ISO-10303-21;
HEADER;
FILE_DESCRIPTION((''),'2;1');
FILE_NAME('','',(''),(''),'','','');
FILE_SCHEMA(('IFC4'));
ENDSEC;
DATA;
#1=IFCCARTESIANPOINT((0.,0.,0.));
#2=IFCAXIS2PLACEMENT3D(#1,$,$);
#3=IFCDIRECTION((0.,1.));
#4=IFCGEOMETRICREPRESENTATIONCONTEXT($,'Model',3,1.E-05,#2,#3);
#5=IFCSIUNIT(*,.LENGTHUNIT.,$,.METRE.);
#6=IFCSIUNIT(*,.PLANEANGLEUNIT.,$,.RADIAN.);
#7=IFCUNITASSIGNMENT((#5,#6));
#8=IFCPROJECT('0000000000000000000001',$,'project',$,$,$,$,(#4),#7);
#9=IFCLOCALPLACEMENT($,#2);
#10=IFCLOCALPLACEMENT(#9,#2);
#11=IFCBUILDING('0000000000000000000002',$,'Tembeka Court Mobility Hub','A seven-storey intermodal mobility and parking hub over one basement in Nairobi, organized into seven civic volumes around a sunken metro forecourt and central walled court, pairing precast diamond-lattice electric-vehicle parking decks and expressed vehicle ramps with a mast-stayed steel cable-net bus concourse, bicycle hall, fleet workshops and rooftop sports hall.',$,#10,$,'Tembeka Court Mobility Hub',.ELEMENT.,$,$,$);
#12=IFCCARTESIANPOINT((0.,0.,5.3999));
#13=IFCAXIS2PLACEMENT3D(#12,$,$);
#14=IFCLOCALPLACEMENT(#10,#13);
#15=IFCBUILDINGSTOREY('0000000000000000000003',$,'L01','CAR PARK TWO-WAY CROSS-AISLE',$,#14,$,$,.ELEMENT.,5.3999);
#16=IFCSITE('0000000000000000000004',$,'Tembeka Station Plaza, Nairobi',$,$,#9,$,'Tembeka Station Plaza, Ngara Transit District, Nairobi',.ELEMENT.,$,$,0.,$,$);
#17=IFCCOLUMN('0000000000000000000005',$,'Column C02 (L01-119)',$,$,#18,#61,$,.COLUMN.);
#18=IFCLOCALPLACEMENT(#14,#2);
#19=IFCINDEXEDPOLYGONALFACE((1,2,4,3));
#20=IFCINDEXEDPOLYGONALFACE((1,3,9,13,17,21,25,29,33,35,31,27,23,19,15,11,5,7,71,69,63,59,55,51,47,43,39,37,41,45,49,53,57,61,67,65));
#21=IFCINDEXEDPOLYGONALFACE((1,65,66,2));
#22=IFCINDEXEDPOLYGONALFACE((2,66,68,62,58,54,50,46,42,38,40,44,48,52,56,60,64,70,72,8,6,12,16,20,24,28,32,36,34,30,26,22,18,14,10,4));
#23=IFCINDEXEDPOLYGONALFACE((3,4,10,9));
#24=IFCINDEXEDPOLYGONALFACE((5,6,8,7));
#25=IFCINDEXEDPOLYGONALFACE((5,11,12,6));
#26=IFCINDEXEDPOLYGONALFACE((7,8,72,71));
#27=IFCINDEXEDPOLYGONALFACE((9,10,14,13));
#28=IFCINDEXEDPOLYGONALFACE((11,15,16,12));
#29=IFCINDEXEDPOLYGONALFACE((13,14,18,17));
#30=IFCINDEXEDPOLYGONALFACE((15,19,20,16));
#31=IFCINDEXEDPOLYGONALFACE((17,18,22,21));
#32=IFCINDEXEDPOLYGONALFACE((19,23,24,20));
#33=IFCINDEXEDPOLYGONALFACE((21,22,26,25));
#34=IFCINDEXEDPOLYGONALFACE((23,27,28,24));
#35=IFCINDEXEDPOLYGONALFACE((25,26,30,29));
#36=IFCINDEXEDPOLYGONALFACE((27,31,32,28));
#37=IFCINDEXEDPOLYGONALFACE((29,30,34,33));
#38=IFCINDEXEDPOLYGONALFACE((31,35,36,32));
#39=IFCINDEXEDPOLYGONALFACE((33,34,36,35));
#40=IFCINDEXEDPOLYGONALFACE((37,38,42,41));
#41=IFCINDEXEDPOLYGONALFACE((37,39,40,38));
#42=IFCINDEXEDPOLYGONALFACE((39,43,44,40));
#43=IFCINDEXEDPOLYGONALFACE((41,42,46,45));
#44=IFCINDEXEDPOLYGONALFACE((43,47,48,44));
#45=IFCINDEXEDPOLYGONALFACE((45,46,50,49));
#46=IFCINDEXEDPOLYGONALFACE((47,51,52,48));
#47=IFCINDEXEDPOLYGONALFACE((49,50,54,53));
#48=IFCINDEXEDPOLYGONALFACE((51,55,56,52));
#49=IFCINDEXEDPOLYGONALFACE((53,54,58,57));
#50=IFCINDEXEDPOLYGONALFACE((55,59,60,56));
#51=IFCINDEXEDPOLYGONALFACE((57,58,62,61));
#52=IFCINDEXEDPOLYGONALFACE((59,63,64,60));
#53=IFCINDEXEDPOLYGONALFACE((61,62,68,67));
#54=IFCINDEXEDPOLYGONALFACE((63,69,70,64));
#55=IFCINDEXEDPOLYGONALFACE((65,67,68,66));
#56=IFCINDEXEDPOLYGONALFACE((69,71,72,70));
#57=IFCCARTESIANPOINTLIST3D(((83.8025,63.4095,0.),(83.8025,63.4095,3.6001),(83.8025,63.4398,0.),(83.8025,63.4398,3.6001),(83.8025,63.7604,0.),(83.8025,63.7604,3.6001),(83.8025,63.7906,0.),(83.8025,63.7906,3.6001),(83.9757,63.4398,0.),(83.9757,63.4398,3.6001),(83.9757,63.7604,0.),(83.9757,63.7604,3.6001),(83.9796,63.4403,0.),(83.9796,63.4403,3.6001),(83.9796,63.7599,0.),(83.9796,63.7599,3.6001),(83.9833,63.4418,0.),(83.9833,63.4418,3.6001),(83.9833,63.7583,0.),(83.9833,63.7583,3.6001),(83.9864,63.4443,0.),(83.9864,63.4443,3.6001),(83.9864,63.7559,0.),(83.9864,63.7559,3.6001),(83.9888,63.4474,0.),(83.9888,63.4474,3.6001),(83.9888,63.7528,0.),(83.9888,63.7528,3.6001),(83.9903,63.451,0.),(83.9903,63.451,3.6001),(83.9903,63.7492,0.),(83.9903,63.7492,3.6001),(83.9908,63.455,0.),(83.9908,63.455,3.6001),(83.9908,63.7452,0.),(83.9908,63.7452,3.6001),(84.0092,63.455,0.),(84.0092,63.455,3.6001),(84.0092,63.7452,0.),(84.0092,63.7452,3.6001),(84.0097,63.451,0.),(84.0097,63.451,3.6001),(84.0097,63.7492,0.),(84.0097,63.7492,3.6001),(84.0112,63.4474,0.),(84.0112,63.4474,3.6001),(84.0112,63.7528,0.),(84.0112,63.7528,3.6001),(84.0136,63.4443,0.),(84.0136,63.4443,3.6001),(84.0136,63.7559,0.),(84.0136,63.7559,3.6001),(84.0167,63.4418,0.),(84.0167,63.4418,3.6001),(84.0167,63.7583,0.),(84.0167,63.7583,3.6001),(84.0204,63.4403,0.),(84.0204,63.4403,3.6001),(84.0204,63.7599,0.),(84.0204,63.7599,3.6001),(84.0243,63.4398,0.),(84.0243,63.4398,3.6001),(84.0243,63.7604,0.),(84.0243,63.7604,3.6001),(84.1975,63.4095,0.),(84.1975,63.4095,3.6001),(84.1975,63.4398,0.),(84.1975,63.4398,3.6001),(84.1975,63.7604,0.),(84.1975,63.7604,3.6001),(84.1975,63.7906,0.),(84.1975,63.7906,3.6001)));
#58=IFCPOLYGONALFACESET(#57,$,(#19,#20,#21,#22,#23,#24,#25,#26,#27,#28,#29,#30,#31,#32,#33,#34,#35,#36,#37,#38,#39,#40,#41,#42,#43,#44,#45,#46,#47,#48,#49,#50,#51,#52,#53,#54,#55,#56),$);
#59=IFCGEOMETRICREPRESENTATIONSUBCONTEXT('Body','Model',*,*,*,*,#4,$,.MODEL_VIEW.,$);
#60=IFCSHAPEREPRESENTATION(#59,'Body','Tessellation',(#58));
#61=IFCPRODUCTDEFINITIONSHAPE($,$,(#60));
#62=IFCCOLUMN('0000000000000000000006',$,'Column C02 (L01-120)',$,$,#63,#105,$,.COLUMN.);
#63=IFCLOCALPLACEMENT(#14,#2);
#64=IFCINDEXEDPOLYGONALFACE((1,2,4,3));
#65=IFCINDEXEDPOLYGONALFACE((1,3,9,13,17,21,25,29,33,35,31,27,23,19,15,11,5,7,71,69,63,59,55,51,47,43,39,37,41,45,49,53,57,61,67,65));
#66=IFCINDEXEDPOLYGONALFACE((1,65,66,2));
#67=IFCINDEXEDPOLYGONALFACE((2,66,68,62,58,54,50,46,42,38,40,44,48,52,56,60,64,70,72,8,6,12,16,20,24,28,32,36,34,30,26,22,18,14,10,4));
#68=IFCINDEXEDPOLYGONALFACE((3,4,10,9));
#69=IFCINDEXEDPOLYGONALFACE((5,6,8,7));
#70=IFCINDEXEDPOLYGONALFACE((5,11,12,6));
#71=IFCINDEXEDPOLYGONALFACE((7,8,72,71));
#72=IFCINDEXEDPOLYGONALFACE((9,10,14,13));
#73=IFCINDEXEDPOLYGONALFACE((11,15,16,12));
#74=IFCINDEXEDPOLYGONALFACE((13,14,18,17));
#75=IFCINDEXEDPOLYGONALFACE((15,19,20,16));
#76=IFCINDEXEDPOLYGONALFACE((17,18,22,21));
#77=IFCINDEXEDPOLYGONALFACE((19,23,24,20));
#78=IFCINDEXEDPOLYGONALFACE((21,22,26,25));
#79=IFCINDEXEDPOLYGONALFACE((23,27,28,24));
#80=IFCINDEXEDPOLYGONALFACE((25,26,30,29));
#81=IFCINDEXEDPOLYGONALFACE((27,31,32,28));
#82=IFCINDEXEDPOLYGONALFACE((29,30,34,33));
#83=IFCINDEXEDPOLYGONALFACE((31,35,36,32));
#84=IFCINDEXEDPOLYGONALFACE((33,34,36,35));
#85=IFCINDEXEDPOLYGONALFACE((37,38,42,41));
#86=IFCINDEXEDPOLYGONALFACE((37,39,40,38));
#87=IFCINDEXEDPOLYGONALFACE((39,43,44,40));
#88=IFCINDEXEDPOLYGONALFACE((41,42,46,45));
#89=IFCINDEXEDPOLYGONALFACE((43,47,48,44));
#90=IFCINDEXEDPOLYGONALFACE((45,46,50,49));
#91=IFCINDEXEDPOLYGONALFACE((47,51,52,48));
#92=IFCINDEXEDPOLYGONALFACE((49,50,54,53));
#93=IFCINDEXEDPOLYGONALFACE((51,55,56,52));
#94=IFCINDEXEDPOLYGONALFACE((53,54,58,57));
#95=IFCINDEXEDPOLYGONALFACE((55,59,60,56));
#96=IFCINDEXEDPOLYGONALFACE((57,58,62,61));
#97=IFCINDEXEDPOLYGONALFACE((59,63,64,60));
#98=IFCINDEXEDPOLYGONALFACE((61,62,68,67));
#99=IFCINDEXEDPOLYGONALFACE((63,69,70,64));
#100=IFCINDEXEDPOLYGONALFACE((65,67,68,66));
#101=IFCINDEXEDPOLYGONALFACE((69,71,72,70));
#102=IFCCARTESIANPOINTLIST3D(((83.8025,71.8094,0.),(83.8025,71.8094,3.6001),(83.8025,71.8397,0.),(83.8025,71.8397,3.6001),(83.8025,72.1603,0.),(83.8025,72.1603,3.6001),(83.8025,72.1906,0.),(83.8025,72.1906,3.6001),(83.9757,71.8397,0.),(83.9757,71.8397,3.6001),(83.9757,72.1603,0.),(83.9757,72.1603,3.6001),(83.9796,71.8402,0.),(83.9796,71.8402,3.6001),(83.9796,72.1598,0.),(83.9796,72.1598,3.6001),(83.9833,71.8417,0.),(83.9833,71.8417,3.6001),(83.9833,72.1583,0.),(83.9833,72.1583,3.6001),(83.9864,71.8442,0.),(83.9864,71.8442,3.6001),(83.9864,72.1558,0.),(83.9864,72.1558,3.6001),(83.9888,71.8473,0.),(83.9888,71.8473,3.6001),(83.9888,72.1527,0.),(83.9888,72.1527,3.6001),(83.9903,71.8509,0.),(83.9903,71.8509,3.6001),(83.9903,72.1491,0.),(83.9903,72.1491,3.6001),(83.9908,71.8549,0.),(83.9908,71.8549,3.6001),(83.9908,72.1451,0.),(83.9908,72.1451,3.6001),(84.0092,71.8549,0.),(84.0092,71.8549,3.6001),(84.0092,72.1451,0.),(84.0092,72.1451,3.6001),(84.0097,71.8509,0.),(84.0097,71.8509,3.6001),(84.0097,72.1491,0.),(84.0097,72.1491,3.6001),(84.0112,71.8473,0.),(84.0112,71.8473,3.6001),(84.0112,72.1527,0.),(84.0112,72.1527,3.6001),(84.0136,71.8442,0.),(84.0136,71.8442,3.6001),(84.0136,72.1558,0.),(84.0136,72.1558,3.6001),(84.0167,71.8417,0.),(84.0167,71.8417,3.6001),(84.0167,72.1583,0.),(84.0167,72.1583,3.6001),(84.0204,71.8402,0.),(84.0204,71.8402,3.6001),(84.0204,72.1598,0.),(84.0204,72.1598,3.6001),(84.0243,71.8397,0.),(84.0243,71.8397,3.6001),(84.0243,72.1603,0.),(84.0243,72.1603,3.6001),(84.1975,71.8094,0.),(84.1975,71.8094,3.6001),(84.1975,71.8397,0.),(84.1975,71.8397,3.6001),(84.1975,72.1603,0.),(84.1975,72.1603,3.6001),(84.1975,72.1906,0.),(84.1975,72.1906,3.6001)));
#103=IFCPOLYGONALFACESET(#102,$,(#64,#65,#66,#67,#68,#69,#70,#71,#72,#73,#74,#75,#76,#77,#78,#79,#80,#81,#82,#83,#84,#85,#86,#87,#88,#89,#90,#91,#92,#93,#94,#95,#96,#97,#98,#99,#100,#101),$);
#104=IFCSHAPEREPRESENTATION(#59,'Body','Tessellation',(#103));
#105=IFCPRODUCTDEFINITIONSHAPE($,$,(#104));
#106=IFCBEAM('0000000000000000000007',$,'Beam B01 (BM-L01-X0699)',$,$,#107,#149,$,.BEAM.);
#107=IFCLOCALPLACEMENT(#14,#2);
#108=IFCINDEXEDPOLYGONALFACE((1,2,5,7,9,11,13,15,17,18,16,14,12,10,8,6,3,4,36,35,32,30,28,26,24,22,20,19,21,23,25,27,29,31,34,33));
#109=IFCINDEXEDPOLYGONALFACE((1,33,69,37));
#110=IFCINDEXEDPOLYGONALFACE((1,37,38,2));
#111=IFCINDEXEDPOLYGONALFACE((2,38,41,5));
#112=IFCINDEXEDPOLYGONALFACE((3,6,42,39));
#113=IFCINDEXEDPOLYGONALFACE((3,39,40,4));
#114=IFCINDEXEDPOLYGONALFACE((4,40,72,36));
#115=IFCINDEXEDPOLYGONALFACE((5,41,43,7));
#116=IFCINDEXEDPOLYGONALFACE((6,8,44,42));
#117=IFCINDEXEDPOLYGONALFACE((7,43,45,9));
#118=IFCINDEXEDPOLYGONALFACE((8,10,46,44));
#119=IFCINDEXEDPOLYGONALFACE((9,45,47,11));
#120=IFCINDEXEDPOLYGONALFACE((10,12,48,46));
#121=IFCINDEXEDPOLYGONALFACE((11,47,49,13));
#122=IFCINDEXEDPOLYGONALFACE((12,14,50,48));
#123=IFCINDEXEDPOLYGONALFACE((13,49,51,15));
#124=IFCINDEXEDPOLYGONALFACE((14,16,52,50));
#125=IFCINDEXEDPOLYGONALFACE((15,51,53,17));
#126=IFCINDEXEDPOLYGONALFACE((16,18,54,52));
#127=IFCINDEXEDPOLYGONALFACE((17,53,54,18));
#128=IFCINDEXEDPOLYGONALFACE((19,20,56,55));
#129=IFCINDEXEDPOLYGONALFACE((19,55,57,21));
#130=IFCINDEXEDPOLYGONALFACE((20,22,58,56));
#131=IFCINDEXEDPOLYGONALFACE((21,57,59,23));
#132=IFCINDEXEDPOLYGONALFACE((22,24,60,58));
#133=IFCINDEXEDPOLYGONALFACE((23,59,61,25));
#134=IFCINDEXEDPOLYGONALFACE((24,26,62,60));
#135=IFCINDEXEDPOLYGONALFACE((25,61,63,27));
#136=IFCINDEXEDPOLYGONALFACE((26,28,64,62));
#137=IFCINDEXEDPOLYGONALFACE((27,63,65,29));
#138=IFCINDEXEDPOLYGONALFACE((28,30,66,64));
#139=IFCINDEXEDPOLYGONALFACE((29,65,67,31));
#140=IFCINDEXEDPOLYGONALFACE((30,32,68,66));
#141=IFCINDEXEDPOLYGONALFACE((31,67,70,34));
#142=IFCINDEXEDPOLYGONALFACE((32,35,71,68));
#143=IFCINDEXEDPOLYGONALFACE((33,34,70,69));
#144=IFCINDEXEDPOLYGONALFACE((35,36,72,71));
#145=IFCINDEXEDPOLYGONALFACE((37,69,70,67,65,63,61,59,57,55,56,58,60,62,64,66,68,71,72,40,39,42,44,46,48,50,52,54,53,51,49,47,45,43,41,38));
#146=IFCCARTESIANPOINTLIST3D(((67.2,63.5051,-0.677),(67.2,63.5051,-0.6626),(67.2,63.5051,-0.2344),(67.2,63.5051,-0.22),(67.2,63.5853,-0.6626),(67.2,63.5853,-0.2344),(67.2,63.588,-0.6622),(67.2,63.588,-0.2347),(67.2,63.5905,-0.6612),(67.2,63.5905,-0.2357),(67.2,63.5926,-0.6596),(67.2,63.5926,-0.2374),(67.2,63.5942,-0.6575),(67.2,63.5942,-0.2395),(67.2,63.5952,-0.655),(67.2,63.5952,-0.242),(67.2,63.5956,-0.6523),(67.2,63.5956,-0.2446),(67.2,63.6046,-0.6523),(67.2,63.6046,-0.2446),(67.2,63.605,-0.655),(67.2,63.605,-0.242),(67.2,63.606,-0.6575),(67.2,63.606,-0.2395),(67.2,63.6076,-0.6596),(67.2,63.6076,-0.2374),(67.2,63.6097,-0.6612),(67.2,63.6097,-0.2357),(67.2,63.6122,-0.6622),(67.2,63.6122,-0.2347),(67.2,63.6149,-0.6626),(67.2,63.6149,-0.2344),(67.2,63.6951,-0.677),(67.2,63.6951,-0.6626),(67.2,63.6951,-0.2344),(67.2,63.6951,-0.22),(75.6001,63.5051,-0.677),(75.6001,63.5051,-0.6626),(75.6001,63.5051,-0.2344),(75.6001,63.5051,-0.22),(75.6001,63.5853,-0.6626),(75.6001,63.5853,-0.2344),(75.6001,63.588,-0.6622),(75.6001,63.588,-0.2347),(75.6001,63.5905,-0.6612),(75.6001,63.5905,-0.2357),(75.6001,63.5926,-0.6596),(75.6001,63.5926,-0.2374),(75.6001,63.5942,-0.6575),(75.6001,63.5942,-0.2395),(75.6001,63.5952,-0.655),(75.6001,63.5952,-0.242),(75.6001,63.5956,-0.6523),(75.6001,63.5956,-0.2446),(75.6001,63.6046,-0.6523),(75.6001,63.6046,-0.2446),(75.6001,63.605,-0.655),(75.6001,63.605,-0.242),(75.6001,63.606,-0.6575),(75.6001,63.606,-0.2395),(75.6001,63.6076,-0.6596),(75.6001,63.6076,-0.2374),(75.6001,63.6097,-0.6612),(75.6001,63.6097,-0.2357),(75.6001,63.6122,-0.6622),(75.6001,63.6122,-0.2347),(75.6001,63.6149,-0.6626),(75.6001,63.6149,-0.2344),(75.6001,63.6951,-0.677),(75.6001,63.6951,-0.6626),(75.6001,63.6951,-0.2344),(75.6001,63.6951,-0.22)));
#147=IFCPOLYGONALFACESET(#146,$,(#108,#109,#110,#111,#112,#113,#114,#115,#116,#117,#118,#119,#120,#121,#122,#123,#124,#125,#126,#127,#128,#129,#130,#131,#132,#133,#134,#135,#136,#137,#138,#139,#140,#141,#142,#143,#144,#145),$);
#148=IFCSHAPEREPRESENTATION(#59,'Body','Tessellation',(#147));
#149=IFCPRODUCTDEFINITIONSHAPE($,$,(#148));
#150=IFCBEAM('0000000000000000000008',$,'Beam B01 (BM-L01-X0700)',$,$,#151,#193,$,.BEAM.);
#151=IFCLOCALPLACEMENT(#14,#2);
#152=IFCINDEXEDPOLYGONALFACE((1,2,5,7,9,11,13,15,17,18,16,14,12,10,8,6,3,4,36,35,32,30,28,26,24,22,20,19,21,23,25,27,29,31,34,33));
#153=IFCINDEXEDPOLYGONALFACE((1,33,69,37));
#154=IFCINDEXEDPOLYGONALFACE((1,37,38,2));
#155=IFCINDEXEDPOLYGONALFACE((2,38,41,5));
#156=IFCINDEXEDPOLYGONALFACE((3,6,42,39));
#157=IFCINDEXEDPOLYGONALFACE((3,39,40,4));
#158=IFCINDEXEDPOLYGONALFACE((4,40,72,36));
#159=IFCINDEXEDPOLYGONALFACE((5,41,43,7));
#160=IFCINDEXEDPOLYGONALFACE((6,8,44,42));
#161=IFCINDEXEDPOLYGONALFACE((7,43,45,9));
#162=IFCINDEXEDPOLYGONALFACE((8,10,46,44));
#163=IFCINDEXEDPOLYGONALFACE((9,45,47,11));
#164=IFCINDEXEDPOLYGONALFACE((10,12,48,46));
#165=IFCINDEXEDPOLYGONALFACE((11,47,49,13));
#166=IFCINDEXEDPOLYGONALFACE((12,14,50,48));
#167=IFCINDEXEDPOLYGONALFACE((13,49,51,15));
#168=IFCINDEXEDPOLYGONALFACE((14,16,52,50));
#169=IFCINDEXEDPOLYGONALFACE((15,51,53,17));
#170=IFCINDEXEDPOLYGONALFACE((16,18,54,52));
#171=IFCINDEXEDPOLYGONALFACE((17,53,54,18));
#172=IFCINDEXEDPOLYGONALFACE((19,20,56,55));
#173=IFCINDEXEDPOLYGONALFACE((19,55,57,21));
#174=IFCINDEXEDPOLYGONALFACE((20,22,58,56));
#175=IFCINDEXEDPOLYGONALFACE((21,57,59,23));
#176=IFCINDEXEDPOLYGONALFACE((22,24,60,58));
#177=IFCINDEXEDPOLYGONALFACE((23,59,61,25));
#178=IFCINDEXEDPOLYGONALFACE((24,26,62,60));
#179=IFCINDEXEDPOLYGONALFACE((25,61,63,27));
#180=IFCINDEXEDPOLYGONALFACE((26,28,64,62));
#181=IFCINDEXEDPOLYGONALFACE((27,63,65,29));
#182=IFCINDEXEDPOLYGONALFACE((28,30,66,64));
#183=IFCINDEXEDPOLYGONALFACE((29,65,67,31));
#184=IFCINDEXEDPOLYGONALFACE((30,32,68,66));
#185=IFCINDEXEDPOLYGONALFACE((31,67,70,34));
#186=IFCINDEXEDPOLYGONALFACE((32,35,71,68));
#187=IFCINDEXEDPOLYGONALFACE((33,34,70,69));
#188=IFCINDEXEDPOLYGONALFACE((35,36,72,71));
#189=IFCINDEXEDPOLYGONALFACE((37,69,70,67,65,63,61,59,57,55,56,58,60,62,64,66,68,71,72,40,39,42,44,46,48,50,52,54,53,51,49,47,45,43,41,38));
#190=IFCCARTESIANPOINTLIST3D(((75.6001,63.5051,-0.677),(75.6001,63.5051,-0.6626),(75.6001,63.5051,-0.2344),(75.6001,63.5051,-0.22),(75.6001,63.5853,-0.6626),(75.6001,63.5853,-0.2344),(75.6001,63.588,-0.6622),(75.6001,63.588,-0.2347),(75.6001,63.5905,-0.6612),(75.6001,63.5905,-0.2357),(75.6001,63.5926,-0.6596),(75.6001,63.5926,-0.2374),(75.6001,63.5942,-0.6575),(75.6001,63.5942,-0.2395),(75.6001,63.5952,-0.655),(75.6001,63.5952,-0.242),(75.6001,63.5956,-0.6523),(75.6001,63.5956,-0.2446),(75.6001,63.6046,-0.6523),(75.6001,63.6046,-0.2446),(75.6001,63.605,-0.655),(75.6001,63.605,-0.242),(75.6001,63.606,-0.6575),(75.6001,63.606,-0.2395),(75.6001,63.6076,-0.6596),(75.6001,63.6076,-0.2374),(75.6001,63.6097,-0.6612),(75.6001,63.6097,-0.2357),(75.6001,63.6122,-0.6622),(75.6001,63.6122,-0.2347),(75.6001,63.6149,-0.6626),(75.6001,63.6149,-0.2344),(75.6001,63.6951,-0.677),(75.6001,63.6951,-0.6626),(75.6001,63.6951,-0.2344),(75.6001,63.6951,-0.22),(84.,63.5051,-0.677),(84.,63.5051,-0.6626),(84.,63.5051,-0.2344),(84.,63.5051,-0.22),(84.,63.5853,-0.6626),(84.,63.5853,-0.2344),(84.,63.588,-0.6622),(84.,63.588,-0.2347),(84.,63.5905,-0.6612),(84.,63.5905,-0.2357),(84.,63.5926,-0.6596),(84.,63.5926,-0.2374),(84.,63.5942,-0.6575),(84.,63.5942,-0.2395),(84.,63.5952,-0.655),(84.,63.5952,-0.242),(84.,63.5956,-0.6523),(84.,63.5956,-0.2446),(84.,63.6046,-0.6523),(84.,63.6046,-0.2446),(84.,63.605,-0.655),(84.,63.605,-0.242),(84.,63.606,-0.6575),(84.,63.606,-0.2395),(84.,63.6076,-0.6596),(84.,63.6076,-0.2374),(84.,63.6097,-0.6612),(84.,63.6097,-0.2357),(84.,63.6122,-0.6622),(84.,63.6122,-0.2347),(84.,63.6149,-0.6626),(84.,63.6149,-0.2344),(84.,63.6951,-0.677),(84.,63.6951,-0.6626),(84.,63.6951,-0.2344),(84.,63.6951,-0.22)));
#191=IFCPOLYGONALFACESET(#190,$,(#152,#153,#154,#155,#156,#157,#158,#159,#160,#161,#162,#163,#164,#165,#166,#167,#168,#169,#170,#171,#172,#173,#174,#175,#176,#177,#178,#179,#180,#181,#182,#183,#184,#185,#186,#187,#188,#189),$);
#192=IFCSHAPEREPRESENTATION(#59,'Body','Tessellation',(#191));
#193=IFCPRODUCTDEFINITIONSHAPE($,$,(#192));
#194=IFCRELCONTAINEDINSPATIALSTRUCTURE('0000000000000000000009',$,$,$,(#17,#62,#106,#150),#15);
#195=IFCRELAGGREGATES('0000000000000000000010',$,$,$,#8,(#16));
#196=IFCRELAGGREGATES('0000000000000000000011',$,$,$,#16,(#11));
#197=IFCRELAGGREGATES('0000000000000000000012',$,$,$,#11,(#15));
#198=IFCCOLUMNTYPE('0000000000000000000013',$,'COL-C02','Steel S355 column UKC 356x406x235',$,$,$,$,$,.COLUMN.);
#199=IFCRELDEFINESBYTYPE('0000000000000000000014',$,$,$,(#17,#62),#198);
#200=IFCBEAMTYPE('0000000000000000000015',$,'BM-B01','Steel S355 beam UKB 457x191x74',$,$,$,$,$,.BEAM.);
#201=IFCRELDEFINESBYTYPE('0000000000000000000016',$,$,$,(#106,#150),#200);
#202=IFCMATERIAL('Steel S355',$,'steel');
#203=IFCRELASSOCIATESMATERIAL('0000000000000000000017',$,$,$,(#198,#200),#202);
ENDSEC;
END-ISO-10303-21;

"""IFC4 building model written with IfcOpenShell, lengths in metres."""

from ifc_helpers import new_model, si_unit, direction, frame, origin, origin_2d, place, context, subcontext, project, spatial, i_section, extrude, material, material_profile, profile_set, type_object, element, save


model = new_model("IFC4")

# Units and contexts
model_context = context("Model", 3, precision=1e-05, world=origin(), true_north=direction((0.0, 1.0)))
body_context = subcontext(model_context, "Body", "Model", "MODEL_VIEW")
ifc_project = project(units=[si_unit("LENGTHUNIT", "METRE"), si_unit("PLANEANGLEUNIT", "RADIAN")], contexts=[model_context])

# Site, building, storey
site_placement = place(None, origin())
site = spatial("IfcSite", under=ifc_project, at=site_placement, Name="Tembeka Station Plaza, Nairobi", LongName="Tembeka Station Plaza, Ngara Transit District, Nairobi", CompositionType="ELEMENT", RefElevation=0.0)
building_placement = place(site_placement, origin())
building = spatial("IfcBuilding", under=site, at=building_placement, Name="Tembeka Court Mobility Hub", Description="A seven-storey intermodal mobility and parking hub over one basement in Nairobi, organized into seven civic volumes around a sunken metro forecourt and central walled court, pairing precast diamond-lattice electric-vehicle parking decks and expressed vehicle ramps with a mast-stayed steel cable-net bus concourse, bicycle hall, fleet workshops and rooftop sports hall.", LongName="Tembeka Court Mobility Hub", CompositionType="ELEMENT")
storey_placement = place(building_placement, frame((0.0, 0.0, 5.3999)))
storey = spatial("IfcBuildingStorey", under=building, at=storey_placement, Name="L01", Description="CAR PARK TWO-WAY CROSS-AISLE", CompositionType="ELEMENT", Elevation=5.3999)

# Columns
ifc_material = material(Name="Steel S355", Category="steel")
ifc_material_profile_1 = material_profile(ifc_material, i_section(OverallWidth=0.395, OverallDepth=0.3811, WebThickness=0.0183, FlangeThickness=0.0303, FilletRadius=0.0151, at=origin_2d()), Name="UKC 356x406x235")
ifc_profile_set_1 = profile_set([ifc_material_profile_1], Name="Steel S355")
column_type = type_object("IfcColumnType", Name="COL-C02", Description="Steel S355 column UKC 356x406x235", PredefinedType="COLUMN", material=ifc_profile_set_1)
for number, where, z_axis, x_axis, name in (
    (1, (84.0, 63.6001, 0.0), (0.0, 0.0, 1.0), (1.0, 0.0, 0.0), "Column C02 (L01-119)"),
    (2, (84.0, 72.0, 0.0), (0.0, 0.0, 1.0), (1.0, 0.0, 0.0), "Column C02 (L01-120)"),
):
    element("IfcColumn", number, at=place(storey_placement, frame(where, z_axis=z_axis, x_axis=x_axis)), inside=storey, type_object=column_type, Name=name, PredefinedType="COLUMN", context=body_context, shape_type="SweptSolid", body=[
        extrude(i_section(OverallWidth=0.395, OverallDepth=0.3811, WebThickness=0.0183, FlangeThickness=0.0303, FilletRadius=0.0151, at=origin_2d()), origin(), (0.0, 0.0, 1.0), 3.6001),
    ])

# Beams
ifc_material_profile_2 = material_profile(ifc_material, i_section(OverallWidth=0.1899, OverallDepth=0.457, WebThickness=0.009, FlangeThickness=0.0144, FilletRadius=0.0103, at=origin_2d()), Name="UKB 457x191x74")
ifc_profile_set_2 = profile_set([ifc_material_profile_2], Name="Steel S355")
beam_type_1 = type_object("IfcBeamType", Name="BM-B01", Description="Steel S355 beam UKB 457x191x74", PredefinedType="BEAM", material=ifc_profile_set_2)
beam_1_placement = place(storey_placement, frame((67.2, 63.6001, -0.4485), z_axis=(1.0, 0.0, 0.0), x_axis=(0.0, 1.0, 0.0)))
element("IfcBeam", 3, at=beam_1_placement, inside=storey, type_object=beam_type_1, Name="Beam B01 (BM-L01-X0699)", PredefinedType="BEAM", context=body_context, shape_type="SweptSolid", body=[
    extrude(i_section(OverallWidth=0.1899, OverallDepth=0.457, WebThickness=0.009, FlangeThickness=0.0144, FilletRadius=0.0103, at=origin_2d()), origin(), (0.0, 0.0, 1.0), 8.4001),
])
for number, where, z_axis, x_axis, name in (
    (4, (75.6001, 63.6001, -0.4485), (1.0, 0.0, 0.0), (0.0, 1.0, 0.0), "Beam B01 (BM-L01-X0700)"),
):
    element("IfcBeam", number, at=place(storey_placement, frame(where, z_axis=z_axis, x_axis=x_axis)), inside=storey, type_object=beam_type_1, Name=name, PredefinedType="BEAM", context=body_context, shape_type="SweptSolid", body=[
        extrude(i_section(OverallWidth=0.1899, OverallDepth=0.457, WebThickness=0.009, FlangeThickness=0.0144, FilletRadius=0.0103, at=origin_2d()), origin(), (0.0, 0.0, 1.0), 8.3999),
    ])

save(model, "model.ifc")
